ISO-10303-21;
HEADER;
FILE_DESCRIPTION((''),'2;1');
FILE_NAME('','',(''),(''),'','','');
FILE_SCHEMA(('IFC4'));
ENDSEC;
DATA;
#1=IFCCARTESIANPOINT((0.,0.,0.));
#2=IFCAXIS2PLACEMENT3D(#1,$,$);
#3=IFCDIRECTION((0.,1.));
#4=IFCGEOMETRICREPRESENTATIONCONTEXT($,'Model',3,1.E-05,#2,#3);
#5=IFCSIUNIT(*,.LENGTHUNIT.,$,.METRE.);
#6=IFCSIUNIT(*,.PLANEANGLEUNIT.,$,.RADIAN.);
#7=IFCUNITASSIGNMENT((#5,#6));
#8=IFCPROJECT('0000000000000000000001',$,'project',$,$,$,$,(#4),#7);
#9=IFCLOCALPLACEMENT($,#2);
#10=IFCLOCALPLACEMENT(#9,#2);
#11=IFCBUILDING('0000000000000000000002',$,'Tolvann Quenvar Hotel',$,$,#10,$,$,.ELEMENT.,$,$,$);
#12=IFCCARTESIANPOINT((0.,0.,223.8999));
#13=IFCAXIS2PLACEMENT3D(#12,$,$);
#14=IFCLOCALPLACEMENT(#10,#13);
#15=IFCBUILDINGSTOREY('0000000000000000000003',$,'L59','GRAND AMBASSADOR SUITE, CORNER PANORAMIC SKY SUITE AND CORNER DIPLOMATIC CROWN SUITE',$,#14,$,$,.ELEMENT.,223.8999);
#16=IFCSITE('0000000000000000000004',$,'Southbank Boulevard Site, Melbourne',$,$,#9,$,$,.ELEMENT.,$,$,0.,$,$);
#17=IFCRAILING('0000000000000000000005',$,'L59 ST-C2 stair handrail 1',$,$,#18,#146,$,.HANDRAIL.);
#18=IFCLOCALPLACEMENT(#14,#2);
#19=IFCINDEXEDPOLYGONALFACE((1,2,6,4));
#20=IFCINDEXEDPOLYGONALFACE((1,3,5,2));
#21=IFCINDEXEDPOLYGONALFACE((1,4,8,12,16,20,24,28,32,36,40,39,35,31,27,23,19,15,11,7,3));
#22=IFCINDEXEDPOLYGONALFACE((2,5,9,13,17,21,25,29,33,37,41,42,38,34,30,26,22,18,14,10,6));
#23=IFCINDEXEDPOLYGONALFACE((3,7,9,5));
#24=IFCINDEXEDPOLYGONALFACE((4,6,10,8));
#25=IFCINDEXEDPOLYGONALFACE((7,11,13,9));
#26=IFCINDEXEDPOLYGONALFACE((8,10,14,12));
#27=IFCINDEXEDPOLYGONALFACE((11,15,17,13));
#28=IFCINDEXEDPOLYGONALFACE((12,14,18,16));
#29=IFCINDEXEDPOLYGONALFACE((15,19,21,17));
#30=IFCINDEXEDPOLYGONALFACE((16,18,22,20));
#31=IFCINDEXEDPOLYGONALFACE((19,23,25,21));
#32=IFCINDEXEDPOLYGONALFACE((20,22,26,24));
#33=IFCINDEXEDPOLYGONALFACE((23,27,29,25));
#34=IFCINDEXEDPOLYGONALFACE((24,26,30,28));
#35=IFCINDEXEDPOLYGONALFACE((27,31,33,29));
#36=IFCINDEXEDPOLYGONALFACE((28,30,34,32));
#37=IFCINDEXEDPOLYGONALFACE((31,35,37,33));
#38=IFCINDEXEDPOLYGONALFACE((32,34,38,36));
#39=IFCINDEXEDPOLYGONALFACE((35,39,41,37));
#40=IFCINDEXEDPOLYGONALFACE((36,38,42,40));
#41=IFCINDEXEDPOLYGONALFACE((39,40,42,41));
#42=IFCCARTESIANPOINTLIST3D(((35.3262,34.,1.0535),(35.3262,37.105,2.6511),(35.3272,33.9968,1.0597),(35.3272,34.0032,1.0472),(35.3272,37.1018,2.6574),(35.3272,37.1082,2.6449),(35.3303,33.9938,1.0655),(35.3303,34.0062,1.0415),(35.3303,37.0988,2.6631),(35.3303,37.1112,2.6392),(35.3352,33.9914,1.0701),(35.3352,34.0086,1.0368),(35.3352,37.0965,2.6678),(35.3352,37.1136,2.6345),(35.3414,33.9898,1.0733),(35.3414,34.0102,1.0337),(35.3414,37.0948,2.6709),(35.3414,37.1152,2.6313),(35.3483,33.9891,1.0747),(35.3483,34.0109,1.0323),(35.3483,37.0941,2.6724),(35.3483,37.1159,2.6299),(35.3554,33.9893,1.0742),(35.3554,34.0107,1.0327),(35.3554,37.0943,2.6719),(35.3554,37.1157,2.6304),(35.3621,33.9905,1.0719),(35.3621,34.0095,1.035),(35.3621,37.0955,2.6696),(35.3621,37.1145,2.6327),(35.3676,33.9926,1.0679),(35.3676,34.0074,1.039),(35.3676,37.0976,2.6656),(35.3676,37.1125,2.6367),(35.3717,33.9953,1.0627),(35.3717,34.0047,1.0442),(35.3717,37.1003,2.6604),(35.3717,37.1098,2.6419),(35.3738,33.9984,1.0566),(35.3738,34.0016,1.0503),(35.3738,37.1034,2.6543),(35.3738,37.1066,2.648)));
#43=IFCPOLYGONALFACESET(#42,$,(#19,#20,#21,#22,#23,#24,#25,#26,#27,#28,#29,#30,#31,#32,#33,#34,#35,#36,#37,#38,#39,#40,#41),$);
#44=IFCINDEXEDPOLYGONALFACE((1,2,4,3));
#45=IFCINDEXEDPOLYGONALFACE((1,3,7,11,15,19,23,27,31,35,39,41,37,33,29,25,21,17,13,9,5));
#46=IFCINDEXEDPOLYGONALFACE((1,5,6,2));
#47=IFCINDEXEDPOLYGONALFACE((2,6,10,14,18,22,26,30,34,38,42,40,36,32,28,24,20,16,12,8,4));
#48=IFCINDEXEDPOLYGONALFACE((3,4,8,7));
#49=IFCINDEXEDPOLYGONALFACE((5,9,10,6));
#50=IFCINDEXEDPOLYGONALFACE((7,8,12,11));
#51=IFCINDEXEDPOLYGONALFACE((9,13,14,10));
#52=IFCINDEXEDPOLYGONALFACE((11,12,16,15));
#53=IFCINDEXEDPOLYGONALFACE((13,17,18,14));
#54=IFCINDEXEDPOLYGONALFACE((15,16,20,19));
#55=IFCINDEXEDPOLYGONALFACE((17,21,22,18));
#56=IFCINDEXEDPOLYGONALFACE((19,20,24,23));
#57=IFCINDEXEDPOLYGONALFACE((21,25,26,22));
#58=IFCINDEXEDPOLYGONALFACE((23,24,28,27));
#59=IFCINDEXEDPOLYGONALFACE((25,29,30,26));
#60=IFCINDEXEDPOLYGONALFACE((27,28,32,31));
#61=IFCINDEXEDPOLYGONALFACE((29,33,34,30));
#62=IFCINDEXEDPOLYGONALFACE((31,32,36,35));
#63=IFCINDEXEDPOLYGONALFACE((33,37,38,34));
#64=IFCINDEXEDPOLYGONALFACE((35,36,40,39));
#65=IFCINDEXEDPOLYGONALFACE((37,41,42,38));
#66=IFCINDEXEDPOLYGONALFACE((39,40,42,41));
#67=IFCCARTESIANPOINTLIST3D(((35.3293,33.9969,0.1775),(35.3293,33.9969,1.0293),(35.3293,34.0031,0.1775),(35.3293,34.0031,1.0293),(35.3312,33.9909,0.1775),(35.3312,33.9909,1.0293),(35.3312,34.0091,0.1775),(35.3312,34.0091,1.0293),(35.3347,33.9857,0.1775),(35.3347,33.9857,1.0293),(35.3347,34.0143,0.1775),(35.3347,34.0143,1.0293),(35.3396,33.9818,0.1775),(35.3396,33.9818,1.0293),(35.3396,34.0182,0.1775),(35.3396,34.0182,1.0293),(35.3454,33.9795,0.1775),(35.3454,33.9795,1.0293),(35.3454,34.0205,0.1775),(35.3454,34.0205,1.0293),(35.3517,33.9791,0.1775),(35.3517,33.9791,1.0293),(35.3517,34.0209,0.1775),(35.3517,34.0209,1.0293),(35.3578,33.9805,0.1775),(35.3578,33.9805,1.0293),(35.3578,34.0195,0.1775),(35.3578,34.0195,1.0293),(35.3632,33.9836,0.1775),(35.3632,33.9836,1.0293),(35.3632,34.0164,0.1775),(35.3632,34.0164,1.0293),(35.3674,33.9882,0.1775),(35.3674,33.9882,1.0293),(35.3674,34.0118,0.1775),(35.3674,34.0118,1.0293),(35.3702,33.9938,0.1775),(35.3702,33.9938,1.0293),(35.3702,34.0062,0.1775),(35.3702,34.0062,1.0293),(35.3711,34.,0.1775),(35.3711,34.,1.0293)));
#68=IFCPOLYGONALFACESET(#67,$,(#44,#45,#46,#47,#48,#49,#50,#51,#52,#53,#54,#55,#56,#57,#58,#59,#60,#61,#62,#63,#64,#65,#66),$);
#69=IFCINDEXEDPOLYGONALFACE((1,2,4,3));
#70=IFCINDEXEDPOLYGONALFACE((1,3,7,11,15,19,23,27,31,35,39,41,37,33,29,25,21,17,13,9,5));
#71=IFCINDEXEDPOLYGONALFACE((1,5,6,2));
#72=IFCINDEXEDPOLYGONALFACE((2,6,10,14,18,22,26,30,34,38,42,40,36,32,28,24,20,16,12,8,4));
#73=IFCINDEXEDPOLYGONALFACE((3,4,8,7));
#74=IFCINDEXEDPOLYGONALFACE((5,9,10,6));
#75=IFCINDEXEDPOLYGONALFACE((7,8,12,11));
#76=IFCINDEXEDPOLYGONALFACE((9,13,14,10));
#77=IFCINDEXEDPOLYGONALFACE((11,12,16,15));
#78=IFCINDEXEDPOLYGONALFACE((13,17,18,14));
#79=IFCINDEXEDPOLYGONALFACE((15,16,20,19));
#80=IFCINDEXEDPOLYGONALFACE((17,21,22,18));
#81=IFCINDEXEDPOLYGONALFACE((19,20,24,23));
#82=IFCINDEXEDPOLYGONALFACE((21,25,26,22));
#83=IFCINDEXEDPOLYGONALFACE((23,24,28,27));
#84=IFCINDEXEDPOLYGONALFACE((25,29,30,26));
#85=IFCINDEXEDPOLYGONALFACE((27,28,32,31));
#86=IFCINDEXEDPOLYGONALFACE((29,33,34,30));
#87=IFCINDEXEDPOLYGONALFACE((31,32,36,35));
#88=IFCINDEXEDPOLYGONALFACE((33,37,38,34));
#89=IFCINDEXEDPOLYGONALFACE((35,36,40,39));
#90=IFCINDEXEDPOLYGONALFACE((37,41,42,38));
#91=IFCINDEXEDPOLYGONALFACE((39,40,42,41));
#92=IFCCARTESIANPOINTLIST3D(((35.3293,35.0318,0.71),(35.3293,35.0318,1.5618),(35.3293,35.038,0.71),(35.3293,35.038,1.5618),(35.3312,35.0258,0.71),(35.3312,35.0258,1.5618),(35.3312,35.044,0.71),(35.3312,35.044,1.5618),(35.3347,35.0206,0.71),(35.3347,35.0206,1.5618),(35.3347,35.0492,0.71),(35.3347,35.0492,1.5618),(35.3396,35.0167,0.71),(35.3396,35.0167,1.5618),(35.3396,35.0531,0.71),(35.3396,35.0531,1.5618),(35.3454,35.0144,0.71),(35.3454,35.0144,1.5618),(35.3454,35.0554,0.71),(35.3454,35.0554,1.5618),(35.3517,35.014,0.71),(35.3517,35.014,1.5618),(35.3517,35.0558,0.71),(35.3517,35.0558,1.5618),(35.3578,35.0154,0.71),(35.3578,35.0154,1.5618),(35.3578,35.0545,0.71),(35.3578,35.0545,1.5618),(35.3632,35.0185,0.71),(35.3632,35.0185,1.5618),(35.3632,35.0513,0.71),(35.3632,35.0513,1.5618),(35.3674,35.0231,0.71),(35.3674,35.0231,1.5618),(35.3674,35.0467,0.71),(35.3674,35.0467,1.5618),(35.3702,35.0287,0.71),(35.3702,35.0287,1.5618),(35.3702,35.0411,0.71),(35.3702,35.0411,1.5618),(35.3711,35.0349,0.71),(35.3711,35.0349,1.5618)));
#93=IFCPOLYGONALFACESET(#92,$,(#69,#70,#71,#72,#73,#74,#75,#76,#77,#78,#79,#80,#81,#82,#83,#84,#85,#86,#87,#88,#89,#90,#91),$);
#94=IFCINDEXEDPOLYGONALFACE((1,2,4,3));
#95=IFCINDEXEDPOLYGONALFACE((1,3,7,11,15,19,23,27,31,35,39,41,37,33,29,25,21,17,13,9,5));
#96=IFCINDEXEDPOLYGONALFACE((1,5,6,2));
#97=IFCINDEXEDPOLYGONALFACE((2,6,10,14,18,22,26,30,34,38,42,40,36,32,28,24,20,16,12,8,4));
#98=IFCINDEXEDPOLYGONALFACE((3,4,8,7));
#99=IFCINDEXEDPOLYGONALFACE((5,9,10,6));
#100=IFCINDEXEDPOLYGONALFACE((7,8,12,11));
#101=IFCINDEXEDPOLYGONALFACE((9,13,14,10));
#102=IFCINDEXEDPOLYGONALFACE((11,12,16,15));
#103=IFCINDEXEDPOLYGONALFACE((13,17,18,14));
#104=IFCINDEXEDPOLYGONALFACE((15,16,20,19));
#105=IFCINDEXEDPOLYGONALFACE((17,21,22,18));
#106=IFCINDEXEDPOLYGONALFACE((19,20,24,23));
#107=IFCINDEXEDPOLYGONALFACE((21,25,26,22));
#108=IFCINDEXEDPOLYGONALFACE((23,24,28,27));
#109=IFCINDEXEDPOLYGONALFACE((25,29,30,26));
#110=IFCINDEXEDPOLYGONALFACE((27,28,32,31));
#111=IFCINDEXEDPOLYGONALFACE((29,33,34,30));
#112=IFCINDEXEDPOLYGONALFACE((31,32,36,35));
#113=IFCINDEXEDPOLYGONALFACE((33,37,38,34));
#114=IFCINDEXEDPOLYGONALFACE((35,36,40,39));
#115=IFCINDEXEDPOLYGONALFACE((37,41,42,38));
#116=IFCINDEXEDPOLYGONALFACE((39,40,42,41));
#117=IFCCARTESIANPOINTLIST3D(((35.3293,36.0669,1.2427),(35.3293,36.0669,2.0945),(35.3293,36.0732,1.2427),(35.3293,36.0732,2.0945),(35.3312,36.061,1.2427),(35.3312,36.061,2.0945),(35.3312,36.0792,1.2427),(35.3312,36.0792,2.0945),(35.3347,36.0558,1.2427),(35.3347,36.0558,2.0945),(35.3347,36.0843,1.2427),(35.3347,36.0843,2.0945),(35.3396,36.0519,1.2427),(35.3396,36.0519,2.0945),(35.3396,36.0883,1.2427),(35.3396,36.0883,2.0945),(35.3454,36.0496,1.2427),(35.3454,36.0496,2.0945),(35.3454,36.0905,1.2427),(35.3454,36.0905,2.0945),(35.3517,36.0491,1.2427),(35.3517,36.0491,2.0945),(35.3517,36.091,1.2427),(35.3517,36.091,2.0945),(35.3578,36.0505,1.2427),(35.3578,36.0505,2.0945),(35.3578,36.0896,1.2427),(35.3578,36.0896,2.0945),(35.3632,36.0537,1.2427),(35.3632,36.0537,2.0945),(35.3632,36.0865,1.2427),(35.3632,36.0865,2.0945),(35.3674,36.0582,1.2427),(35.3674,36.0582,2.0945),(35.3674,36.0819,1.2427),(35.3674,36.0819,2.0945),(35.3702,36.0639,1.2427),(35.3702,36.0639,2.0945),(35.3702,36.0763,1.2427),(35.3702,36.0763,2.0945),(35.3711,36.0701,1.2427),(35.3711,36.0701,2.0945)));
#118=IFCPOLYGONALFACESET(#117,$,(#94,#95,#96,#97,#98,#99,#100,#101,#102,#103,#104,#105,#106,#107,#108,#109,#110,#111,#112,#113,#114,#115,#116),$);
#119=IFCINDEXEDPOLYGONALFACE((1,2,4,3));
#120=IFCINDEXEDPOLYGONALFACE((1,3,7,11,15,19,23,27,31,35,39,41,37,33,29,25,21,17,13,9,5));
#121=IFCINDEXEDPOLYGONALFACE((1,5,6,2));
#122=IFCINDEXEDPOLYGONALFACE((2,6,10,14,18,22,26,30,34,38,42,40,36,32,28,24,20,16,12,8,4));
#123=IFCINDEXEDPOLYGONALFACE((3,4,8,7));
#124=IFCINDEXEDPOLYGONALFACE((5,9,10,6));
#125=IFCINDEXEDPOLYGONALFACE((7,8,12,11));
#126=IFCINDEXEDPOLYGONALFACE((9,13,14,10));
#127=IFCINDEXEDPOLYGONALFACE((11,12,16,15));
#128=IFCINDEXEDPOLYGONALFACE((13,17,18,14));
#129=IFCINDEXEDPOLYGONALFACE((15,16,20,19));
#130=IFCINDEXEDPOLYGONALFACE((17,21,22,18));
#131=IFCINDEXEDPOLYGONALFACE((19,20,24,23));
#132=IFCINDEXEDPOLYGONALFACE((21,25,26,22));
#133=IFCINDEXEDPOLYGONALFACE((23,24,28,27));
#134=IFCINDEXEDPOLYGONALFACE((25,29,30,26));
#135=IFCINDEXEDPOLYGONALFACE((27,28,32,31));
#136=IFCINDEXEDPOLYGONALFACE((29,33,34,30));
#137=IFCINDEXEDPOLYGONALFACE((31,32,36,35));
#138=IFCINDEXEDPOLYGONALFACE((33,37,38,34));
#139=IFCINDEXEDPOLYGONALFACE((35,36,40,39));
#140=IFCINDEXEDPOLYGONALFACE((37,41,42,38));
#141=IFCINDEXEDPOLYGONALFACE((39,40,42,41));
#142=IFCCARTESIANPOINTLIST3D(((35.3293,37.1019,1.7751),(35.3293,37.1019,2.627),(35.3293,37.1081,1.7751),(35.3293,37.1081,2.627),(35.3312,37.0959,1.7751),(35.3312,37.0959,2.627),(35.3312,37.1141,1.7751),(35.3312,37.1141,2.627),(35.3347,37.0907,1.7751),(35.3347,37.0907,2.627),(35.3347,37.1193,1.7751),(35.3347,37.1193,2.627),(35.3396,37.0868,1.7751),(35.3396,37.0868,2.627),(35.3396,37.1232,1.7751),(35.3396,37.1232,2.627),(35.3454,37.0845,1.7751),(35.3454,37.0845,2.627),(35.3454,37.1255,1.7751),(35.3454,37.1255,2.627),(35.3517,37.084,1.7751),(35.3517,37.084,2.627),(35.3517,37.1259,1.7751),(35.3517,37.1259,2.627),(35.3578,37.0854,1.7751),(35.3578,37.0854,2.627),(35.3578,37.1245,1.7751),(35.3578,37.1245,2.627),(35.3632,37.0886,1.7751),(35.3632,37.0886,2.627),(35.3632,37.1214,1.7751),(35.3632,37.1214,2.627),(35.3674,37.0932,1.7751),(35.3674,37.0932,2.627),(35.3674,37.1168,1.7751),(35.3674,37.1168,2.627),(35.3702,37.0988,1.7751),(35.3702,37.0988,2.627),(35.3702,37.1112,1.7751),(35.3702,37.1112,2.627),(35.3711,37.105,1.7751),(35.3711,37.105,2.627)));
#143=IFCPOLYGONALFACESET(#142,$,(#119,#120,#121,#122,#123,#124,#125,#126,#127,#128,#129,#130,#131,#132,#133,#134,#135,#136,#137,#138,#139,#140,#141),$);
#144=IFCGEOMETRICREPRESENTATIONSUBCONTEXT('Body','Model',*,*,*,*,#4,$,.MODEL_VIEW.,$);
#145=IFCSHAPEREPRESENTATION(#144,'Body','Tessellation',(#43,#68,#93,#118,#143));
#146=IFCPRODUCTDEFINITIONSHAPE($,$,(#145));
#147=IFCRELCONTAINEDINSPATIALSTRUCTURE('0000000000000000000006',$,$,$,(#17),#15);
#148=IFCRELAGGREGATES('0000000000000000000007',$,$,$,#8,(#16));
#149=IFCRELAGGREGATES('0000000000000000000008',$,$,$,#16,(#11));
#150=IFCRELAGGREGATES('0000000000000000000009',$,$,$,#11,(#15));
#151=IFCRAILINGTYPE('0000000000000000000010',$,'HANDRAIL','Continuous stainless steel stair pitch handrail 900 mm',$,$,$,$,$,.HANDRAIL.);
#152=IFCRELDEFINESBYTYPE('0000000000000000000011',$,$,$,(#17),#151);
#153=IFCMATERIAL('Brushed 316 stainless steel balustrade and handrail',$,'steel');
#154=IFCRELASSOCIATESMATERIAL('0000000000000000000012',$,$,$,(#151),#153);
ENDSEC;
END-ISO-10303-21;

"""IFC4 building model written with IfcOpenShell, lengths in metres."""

from ifc_helpers import new_model, si_unit, direction, frame, origin, origin_2d, place, context, subcontext, project, spatial, circle, extrude, material, type_object, element, save


model = new_model("IFC4")

# Units and contexts
model_context = context("Model", 3, precision=1e-05, world=origin(), true_north=direction((0.0, 1.0)))
body_context = subcontext(model_context, "Body", "Model", "MODEL_VIEW")
ifc_project = project(units=[si_unit("LENGTHUNIT", "METRE"), si_unit("PLANEANGLEUNIT", "RADIAN")], contexts=[model_context])

# Site, building, storey
site_placement = place(None, origin())
site = spatial("IfcSite", under=ifc_project, at=site_placement, Name="Southbank Boulevard Site, Melbourne", CompositionType="ELEMENT", RefElevation=0.0)
building_placement = place(site_placement, origin())
building = spatial("IfcBuilding", under=site, at=building_placement, Name="Tolvann Quenvar Hotel", CompositionType="ELEMENT")
storey_placement = place(building_placement, frame((0.0, 0.0, 223.8999)))
storey = spatial("IfcBuildingStorey", under=building, at=storey_placement, Name="L59", Description="GRAND AMBASSADOR SUITE, CORNER PANORAMIC SKY SUITE AND CORNER DIPLOMATIC CROWN SUITE", CompositionType="ELEMENT", Elevation=223.8999)

# Railing
ifc_material_1 = material(Name="Brushed 316 stainless steel balustrade and handrail", Category="steel")
railing_type_1 = type_object("IfcRailingType", Name="HANDRAIL", Description="Continuous stainless steel stair pitch handrail 900 mm", PredefinedType="HANDRAIL", material=ifc_material_1)
railing_1_placement = place(storey_placement, frame((35.3501, 34.0, 0.1775)))
element("IfcRailing", 1, at=railing_1_placement, inside=storey, type_object=railing_type_1, Name="L59 ST-C2 stair handrail 1", PredefinedType="HANDRAIL", context=body_context, shape_type="SweptSolid", body=[
    extrude(circle(Radius=0.0239, at=origin_2d()), frame((0.0, 0.0, 0.876), z_axis=(0.0, 0.889194, 0.457531), x_axis=(-1.0, 0.0, 0.0)), (0.0, 0.0, 1.0), 3.4919),
    extrude(circle(Radius=0.021, at=origin_2d()), origin(), (0.0, 0.0, 1.0), 0.8518),
    extrude(circle(Radius=0.021, at=origin_2d()), frame((0.0, 1.0349, 0.5325)), (0.0, 0.0, 1.0), 0.8518),
    extrude(circle(Radius=0.021, at=origin_2d()), frame((0.0, 2.0701, 1.0652)), (0.0, 0.0, 1.0), 0.8518),
    extrude(circle(Radius=0.021, at=origin_2d()), frame((0.0, 3.105, 1.5977)), (0.0, 0.0, 1.0), 0.8518),
])

save(model, "model.ifc")
